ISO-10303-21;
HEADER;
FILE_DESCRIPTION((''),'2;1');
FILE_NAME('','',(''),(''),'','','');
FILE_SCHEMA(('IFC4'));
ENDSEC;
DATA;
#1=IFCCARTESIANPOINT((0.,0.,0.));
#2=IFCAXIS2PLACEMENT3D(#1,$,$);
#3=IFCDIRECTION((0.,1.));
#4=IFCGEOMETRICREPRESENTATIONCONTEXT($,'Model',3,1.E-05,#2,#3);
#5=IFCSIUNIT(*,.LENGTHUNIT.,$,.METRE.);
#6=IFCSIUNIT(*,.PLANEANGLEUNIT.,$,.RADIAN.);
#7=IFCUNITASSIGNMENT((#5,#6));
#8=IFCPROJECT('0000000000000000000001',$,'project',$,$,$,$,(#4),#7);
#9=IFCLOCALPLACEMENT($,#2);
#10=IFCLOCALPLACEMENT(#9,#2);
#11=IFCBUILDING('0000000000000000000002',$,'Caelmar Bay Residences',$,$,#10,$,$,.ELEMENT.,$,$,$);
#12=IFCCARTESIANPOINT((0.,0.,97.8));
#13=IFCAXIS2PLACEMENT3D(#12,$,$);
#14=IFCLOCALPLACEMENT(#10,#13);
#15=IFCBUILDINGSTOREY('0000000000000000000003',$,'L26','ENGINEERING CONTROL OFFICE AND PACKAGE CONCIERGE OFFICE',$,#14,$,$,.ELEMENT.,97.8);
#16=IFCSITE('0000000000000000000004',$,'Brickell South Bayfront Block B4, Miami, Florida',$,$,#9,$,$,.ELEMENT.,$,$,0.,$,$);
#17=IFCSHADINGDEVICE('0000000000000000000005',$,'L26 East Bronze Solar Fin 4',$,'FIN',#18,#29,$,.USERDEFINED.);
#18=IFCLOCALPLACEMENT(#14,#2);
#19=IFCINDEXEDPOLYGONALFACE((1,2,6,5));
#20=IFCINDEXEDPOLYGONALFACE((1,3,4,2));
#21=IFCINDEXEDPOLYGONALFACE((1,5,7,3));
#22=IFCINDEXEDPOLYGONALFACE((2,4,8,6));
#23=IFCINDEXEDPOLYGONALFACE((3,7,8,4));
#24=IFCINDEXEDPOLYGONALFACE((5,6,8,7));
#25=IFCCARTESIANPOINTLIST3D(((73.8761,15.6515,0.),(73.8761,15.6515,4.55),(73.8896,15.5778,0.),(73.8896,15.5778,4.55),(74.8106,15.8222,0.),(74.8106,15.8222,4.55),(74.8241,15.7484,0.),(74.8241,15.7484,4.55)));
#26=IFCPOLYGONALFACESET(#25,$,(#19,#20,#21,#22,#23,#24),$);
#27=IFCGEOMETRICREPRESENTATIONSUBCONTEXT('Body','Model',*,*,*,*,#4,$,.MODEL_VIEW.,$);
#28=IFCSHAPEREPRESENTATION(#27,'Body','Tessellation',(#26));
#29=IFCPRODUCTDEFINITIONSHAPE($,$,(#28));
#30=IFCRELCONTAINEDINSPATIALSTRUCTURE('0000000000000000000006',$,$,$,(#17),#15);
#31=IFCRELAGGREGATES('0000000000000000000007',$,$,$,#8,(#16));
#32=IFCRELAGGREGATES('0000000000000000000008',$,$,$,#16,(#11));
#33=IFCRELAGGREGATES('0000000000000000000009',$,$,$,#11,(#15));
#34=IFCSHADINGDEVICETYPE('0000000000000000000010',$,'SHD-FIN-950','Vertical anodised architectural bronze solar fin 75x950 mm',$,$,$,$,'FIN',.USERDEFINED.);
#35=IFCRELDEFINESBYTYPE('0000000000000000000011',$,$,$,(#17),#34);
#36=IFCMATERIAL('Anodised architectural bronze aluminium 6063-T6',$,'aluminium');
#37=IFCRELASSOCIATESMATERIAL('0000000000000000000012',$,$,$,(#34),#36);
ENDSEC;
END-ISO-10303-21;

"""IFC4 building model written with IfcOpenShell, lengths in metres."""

from ifc_helpers import new_model, si_unit, direction, frame, origin, origin_2d, place, context, subcontext, project, spatial, rectangle, extrude, material, material_profile, profile_set, type_object, element, save


model = new_model("IFC4")

# Units and contexts
model_context = context("Model", 3, precision=1e-05, world=origin(), true_north=direction((0.0, 1.0)))
body_context = subcontext(model_context, "Body", "Model", "MODEL_VIEW")
ifc_project = project(units=[si_unit("LENGTHUNIT", "METRE"), si_unit("PLANEANGLEUNIT", "RADIAN")], contexts=[model_context])

# Site, building, storey
site_placement = place(None, origin())
site = spatial("IfcSite", under=ifc_project, at=site_placement, Name="Brickell South Bayfront Block B4, Miami, Florida", CompositionType="ELEMENT", RefElevation=0.0)
building_placement = place(site_placement, origin())
building = spatial("IfcBuilding", under=site, at=building_placement, Name="Caelmar Bay Residences", CompositionType="ELEMENT")
storey_placement = place(building_placement, frame((0.0, 0.0, 97.8)))
storey = spatial("IfcBuildingStorey", under=building, at=storey_placement, Name="L26", Description="ENGINEERING CONTROL OFFICE AND PACKAGE CONCIERGE OFFICE", CompositionType="ELEMENT", Elevation=97.8)

# Shading device
ifc_material_1 = material(Name="Anodised architectural bronze aluminium 6063-T6", Category="aluminium")
ifc_material_profile_1 = material_profile(ifc_material_1, rectangle(XDim=0.075, YDim=0.95, at=origin_2d()), Name="BRONZE-FIN-75X950")
ifc_profile_set_1 = profile_set([ifc_material_profile_1], Name="Anodised architectural bronze aluminium 6063-T6")
shading_device_type = type_object("IfcShadingDeviceType", Name="SHD-FIN-950", Description="Vertical anodised architectural bronze solar fin 75x950 mm", ElementType="FIN", PredefinedType="USERDEFINED", material=ifc_profile_set_1)
for number, where, z_axis, x_axis, name in (
    (1, (74.3501, 15.7, 0.0), (0.0, 0.0, 1.0), (-0.179661, 0.983729, 0.0), "L26 East Bronze Solar Fin 4"),
):
    element("IfcShadingDevice", number, at=place(storey_placement, frame(where, z_axis=z_axis, x_axis=x_axis)), inside=storey, type_object=shading_device_type, Name=name, ObjectType="FIN", PredefinedType="USERDEFINED", context=body_context, shape_type="SweptSolid", body=[
        extrude(rectangle(XDim=0.075, YDim=0.95, at=origin_2d()), origin(), (0.0, 0.0, 1.0), 4.55),
    ])

save(model, "model.ifc")
